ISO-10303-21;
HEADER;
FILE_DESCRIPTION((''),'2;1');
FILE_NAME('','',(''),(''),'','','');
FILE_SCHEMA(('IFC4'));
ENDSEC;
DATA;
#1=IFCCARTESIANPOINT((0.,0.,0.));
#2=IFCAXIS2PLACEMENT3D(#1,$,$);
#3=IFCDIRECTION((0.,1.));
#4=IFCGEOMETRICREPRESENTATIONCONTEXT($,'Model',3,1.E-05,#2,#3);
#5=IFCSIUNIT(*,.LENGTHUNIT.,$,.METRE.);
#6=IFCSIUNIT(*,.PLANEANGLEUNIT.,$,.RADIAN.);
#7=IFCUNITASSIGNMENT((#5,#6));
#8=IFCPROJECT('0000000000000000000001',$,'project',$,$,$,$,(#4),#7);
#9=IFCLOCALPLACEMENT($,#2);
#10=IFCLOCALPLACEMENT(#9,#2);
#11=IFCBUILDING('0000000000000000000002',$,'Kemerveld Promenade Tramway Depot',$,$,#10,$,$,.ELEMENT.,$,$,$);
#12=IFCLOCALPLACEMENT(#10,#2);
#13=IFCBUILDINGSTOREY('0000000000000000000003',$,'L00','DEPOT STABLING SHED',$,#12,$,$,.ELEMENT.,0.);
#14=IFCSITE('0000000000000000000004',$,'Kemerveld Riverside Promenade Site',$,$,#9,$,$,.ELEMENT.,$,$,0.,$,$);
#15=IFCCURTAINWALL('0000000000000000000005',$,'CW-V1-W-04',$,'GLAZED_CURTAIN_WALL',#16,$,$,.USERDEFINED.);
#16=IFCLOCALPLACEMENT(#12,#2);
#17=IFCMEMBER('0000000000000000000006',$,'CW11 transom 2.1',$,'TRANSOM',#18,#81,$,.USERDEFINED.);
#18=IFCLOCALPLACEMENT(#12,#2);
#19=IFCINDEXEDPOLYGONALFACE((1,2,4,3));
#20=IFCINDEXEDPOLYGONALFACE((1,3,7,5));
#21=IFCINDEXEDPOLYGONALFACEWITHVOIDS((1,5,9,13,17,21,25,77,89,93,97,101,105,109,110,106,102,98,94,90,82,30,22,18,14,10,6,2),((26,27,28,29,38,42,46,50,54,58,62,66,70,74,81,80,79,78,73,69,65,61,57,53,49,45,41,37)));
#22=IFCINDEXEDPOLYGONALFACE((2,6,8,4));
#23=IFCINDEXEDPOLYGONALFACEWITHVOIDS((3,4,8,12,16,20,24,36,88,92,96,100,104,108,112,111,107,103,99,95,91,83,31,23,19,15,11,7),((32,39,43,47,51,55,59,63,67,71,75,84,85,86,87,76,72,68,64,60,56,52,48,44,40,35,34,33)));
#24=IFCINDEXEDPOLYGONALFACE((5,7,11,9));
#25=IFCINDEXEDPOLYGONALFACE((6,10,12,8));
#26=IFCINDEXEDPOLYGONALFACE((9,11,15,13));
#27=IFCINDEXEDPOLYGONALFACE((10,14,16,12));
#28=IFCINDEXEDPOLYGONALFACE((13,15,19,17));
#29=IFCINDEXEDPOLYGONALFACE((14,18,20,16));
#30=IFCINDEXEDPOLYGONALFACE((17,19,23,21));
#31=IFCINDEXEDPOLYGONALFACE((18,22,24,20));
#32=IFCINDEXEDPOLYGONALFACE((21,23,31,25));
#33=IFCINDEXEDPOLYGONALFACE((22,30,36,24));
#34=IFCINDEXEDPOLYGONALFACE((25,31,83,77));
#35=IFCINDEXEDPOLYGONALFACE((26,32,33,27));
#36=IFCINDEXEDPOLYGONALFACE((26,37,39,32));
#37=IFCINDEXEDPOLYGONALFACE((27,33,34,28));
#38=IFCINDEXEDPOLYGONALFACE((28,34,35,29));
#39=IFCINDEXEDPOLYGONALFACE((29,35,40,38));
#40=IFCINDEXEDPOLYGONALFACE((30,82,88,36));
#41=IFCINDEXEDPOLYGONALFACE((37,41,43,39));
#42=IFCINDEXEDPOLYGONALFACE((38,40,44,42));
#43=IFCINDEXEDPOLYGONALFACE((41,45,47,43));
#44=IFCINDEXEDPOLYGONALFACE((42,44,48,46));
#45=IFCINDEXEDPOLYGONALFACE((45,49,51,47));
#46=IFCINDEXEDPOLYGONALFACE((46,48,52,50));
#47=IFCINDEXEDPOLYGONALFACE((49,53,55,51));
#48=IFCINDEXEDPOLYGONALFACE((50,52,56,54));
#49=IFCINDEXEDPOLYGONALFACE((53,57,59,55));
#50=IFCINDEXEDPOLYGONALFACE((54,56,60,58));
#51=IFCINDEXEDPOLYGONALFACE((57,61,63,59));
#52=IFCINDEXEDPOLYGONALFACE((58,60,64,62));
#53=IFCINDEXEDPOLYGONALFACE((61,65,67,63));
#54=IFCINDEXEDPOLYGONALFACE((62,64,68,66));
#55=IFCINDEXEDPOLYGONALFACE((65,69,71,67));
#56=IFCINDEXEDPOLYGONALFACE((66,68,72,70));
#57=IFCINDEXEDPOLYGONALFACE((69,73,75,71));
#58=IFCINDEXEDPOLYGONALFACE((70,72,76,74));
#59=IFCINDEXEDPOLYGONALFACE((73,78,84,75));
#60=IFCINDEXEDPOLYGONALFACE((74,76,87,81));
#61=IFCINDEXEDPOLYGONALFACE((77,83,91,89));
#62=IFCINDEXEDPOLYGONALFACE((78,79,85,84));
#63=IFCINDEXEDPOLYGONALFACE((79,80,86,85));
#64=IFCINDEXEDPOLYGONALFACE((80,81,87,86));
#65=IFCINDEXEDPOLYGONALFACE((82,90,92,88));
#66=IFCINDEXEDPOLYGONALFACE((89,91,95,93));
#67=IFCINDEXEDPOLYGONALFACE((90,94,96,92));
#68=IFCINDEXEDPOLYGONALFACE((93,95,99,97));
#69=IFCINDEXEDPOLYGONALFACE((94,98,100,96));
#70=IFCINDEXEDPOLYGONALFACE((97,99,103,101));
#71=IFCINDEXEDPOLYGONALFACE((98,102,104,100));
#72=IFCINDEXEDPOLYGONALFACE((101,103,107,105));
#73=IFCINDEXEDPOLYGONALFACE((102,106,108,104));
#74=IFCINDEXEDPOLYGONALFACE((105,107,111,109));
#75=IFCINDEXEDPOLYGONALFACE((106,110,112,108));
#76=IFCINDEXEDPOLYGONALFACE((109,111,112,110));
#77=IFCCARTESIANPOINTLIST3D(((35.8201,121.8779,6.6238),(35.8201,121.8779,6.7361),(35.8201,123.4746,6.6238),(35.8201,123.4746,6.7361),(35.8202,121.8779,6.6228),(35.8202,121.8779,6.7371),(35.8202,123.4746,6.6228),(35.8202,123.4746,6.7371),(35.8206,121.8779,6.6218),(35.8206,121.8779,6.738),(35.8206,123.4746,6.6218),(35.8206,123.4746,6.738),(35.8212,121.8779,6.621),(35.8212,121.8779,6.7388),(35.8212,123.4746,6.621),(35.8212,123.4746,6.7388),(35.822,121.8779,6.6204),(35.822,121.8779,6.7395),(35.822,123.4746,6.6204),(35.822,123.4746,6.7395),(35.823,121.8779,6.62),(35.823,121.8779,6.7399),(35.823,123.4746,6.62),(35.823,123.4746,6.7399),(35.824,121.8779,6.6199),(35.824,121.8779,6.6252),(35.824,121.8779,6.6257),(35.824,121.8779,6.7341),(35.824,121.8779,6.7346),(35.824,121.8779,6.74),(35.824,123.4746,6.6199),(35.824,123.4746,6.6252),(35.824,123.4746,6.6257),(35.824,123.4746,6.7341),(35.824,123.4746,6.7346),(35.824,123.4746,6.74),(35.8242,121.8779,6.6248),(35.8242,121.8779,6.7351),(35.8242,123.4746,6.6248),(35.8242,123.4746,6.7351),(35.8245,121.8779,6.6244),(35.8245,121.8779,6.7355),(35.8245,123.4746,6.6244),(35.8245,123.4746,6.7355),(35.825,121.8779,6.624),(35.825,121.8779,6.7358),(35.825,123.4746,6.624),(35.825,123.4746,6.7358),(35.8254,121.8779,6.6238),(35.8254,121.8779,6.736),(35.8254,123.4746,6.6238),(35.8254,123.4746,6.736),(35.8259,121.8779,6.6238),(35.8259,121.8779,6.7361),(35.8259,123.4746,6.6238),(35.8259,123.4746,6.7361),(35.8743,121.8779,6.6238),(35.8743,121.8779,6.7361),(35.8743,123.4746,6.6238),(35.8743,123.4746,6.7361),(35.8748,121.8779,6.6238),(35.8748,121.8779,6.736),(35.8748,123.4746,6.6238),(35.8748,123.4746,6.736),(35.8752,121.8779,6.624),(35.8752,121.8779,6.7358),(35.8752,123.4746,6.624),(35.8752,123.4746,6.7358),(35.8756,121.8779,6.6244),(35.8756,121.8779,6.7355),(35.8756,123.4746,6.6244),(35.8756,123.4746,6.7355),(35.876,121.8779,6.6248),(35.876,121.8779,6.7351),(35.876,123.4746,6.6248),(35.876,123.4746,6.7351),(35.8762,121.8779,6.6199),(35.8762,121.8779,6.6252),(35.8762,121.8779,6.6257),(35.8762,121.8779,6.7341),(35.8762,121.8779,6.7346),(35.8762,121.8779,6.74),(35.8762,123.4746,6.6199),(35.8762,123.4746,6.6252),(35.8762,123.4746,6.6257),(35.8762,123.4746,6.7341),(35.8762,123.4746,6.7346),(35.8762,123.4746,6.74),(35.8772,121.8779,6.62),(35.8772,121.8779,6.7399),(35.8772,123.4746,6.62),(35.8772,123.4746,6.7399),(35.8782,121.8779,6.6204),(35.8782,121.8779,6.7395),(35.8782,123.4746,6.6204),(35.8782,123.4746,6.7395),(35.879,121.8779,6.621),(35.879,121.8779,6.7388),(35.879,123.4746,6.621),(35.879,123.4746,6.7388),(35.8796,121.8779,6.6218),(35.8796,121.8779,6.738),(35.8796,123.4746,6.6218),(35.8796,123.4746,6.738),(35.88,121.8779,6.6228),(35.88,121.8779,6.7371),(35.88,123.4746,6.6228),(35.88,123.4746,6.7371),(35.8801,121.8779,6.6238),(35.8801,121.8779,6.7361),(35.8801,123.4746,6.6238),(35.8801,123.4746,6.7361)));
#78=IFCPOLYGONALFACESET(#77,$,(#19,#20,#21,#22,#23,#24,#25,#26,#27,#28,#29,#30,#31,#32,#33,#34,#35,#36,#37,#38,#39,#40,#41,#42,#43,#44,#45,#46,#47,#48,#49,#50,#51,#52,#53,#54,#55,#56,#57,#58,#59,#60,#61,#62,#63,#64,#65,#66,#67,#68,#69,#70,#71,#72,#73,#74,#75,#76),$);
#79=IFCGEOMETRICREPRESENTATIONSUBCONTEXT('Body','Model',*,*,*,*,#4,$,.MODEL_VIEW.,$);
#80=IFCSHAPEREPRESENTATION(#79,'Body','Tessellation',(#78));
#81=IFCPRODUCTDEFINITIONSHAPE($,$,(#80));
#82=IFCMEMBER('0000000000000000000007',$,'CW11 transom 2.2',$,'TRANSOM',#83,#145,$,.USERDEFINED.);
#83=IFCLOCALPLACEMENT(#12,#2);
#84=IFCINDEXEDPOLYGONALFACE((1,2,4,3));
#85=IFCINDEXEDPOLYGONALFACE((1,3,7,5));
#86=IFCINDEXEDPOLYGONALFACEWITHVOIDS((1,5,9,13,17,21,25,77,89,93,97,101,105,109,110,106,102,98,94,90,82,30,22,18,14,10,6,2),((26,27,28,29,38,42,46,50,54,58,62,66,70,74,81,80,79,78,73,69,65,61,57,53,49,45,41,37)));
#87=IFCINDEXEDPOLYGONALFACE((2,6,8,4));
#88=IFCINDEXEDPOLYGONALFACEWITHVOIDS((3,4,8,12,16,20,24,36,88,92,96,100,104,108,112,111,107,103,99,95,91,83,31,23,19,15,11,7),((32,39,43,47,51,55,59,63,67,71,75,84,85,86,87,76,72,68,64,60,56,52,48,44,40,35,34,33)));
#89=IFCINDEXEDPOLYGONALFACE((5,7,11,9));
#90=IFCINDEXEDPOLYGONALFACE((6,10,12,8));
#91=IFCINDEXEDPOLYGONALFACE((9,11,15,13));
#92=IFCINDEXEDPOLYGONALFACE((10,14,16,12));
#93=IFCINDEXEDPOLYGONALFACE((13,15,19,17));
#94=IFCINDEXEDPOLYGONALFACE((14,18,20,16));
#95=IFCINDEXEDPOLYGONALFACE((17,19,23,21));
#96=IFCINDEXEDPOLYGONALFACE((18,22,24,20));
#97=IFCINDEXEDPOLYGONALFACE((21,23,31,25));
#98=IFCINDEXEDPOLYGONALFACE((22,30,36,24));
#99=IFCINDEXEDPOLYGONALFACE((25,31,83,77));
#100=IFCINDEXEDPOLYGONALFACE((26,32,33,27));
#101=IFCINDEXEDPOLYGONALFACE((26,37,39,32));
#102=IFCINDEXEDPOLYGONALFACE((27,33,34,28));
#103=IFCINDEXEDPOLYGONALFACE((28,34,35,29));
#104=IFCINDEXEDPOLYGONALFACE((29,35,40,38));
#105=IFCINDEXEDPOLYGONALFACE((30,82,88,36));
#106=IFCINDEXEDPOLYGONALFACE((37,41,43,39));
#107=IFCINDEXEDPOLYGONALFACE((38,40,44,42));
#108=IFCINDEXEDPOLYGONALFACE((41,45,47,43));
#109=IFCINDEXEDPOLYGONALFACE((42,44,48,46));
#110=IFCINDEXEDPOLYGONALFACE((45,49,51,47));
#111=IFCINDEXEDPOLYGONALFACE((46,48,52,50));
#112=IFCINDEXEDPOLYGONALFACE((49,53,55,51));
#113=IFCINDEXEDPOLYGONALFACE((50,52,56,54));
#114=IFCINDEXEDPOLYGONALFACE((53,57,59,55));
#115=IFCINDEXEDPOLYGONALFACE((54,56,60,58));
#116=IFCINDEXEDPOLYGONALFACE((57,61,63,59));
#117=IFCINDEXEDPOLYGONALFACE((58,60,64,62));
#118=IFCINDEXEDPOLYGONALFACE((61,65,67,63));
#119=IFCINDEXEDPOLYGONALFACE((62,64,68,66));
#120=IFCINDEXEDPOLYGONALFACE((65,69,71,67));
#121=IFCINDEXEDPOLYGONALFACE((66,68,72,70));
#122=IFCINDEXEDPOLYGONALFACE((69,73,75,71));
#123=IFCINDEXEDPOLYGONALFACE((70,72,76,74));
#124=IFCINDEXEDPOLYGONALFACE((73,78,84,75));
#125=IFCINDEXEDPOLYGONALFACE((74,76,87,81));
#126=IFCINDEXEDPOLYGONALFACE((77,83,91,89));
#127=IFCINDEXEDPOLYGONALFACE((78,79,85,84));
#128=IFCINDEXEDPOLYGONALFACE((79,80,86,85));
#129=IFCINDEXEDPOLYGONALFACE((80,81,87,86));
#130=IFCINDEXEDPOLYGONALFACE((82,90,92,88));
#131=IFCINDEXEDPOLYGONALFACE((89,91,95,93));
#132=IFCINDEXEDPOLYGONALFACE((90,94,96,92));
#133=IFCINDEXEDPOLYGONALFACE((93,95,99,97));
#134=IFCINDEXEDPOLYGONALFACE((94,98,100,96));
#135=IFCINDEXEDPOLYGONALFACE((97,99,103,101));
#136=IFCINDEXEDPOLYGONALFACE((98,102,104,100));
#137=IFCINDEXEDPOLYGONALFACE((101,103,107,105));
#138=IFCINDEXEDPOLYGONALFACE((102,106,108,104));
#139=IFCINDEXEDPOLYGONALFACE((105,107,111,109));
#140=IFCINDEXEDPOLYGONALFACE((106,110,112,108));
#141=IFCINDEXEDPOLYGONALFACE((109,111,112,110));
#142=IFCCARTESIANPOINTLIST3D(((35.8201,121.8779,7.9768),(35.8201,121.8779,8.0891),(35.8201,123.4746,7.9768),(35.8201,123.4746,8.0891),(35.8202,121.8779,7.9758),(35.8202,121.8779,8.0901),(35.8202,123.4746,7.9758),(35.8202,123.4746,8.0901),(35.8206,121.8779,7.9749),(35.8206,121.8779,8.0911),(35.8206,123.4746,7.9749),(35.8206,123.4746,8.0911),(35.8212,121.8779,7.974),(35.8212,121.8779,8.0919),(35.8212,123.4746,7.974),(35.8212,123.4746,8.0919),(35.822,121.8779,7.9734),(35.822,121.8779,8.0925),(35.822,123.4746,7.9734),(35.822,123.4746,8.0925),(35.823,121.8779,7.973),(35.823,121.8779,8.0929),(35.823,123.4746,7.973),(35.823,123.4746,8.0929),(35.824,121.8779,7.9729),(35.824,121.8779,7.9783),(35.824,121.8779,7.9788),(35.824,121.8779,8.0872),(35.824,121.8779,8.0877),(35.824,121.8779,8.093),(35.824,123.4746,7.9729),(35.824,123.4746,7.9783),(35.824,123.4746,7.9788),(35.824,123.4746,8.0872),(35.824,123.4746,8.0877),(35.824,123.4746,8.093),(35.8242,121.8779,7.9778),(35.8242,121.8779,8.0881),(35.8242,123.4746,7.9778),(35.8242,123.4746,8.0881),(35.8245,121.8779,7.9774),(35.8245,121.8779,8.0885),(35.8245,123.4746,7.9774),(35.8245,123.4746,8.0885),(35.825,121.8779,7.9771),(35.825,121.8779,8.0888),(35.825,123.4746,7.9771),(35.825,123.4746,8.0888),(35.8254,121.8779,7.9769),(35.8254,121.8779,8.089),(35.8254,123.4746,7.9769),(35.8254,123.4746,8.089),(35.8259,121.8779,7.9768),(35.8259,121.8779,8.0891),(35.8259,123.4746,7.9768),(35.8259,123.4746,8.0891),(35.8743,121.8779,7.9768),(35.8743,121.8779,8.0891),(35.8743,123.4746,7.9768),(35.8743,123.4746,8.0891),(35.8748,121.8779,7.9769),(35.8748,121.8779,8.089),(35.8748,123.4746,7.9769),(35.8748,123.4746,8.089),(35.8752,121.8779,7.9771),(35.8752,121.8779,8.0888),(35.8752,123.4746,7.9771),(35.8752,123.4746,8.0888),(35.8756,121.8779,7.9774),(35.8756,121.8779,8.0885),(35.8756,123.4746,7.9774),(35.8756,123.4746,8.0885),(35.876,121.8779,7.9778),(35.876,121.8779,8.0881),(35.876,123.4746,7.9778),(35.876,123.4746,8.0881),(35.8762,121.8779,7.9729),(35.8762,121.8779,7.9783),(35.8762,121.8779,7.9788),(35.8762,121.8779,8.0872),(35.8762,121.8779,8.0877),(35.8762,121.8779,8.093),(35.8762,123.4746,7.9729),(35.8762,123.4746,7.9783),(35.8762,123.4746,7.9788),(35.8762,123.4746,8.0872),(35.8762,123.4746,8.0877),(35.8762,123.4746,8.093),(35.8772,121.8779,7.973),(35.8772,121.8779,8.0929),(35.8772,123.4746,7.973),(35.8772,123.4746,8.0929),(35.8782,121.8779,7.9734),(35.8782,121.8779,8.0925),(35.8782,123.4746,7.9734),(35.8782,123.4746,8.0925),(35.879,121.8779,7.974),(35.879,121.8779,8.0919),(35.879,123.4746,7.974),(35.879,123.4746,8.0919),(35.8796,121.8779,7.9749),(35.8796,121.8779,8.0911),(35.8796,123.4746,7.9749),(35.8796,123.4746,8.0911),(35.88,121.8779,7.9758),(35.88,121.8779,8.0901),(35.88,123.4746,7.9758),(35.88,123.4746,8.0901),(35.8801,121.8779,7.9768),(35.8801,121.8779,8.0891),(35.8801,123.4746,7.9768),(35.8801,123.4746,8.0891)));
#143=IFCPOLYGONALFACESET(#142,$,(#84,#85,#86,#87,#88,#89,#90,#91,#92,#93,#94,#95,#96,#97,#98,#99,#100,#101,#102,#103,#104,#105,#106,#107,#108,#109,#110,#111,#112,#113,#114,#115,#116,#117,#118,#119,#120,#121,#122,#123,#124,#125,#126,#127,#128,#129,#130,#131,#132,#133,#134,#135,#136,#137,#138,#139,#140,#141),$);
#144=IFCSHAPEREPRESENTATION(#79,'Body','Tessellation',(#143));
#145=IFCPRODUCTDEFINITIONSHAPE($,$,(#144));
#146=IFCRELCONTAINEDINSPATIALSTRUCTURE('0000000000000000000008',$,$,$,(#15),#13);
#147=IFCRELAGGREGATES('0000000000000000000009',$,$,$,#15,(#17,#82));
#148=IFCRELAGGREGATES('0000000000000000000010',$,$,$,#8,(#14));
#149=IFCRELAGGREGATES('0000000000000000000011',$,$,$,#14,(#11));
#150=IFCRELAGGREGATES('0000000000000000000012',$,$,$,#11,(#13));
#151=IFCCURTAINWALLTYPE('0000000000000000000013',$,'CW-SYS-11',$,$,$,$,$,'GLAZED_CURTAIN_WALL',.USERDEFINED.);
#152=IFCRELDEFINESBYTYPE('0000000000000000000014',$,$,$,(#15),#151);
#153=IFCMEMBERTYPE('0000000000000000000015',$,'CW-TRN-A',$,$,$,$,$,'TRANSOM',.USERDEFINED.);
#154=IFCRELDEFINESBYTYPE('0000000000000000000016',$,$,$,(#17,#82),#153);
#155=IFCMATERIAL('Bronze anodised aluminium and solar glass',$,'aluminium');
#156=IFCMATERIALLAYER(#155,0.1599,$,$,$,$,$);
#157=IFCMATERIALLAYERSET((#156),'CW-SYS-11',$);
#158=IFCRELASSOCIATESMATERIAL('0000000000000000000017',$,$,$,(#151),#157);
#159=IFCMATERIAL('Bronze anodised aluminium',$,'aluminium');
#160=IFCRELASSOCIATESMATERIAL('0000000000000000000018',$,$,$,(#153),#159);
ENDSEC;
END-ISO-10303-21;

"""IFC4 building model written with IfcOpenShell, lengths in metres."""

from ifc_helpers import new_model, si_unit, direction, frame, origin, origin_2d, place, context, subcontext, project, spatial, hollow_rectangle, extrude, material, layer, layer_set, material_profile, profile_set, type_object, element, aggregate, save


model = new_model("IFC4")

# Units and contexts
model_context = context("Model", 3, precision=1e-05, world=origin(), true_north=direction((0.0, 1.0)))
body_context = subcontext(model_context, "Body", "Model", "MODEL_VIEW")
ifc_project = project(units=[si_unit("LENGTHUNIT", "METRE"), si_unit("PLANEANGLEUNIT", "RADIAN")], contexts=[model_context])

# Site, building, storey
site_placement = place(None, origin())
site = spatial("IfcSite", under=ifc_project, at=site_placement, Name="Kemerveld Riverside Promenade Site", CompositionType="ELEMENT", RefElevation=0.0)
building_placement = place(site_placement, origin())
building = spatial("IfcBuilding", under=site, at=building_placement, Name="Kemerveld Promenade Tramway Depot", CompositionType="ELEMENT")
storey_placement = place(building_placement, origin())
storey = spatial("IfcBuildingStorey", under=building, at=storey_placement, Name="L00", Description="DEPOT STABLING SHED", CompositionType="ELEMENT", Elevation=0.0)

# Curtain wall
ifc_material_1 = material(Name="Bronze anodised aluminium and solar glass", Category="aluminium")
ifc_layer_1 = layer(ifc_material_1, 0.1599)
ifc_layer_set_1 = layer_set([ifc_layer_1], Name="CW-SYS-11")
curtain_wall_type_1 = type_object("IfcCurtainWallType", Name="CW-SYS-11", ElementType="GLAZED_CURTAIN_WALL", PredefinedType="USERDEFINED", material=ifc_layer_set_1)
curtain_wall_1_placement = place(storey_placement, origin())
curtain_wall_1 = element("IfcCurtainWall", 1, at=curtain_wall_1_placement, inside=storey, type_object=curtain_wall_type_1, Name="CW-V1-W-04", ObjectType="GLAZED_CURTAIN_WALL", PredefinedType="USERDEFINED")
ifc_material_2 = material(Name="Bronze anodised aluminium", Category="aluminium")

# Members
ifc_material_profile_1 = material_profile(ifc_material_2, hollow_rectangle(XDim=0.0601, YDim=0.1201, WallThickness=0.0039, InnerFilletRadius=0.002, OuterFilletRadius=0.0039, at=origin_2d()), Name="CW-TRN-120x60")
ifc_profile_set_1 = profile_set([ifc_material_profile_1], Name="Bronze anodised aluminium")
member_type_1 = type_object("IfcMemberType", Name="CW-TRN-A", ElementType="TRANSOM", PredefinedType="USERDEFINED", material=ifc_profile_set_1)
member_1_placement = place(storey_placement, frame((35.8501, 121.8779, 6.6799), z_axis=(0.0, 1.0, 0.0), x_axis=(-1.0, 0.0, 0.0)))
member_1 = element("IfcMember", 2, at=member_1_placement, type_object=member_type_1, Name="CW11 transom 2.1", ObjectType="TRANSOM", PredefinedType="USERDEFINED", context=body_context, shape_type="SweptSolid", body=[
    extrude(hollow_rectangle(XDim=0.0601, YDim=0.1201, WallThickness=0.0039, InnerFilletRadius=0.002, OuterFilletRadius=0.0039, at=origin_2d()), origin(), (0.0, 0.0, 1.0), 1.5967),
])
member_2_placement = place(storey_placement, frame((35.8501, 121.8779, 8.033), z_axis=(0.0, 1.0, 0.0), x_axis=(-1.0, 0.0, 0.0)))
member_2 = element("IfcMember", 3, at=member_2_placement, type_object=member_type_1, Name="CW11 transom 2.2", ObjectType="TRANSOM", PredefinedType="USERDEFINED", context=body_context, shape_type="SweptSolid", body=[
    extrude(hollow_rectangle(XDim=0.0601, YDim=0.1201, WallThickness=0.0039, InnerFilletRadius=0.002, OuterFilletRadius=0.0039, at=origin_2d()), origin(), (0.0, 0.0, 1.0), 1.5967),
])

aggregate(curtain_wall_1, [member_1, member_2])

save(model, "model.ifc")
